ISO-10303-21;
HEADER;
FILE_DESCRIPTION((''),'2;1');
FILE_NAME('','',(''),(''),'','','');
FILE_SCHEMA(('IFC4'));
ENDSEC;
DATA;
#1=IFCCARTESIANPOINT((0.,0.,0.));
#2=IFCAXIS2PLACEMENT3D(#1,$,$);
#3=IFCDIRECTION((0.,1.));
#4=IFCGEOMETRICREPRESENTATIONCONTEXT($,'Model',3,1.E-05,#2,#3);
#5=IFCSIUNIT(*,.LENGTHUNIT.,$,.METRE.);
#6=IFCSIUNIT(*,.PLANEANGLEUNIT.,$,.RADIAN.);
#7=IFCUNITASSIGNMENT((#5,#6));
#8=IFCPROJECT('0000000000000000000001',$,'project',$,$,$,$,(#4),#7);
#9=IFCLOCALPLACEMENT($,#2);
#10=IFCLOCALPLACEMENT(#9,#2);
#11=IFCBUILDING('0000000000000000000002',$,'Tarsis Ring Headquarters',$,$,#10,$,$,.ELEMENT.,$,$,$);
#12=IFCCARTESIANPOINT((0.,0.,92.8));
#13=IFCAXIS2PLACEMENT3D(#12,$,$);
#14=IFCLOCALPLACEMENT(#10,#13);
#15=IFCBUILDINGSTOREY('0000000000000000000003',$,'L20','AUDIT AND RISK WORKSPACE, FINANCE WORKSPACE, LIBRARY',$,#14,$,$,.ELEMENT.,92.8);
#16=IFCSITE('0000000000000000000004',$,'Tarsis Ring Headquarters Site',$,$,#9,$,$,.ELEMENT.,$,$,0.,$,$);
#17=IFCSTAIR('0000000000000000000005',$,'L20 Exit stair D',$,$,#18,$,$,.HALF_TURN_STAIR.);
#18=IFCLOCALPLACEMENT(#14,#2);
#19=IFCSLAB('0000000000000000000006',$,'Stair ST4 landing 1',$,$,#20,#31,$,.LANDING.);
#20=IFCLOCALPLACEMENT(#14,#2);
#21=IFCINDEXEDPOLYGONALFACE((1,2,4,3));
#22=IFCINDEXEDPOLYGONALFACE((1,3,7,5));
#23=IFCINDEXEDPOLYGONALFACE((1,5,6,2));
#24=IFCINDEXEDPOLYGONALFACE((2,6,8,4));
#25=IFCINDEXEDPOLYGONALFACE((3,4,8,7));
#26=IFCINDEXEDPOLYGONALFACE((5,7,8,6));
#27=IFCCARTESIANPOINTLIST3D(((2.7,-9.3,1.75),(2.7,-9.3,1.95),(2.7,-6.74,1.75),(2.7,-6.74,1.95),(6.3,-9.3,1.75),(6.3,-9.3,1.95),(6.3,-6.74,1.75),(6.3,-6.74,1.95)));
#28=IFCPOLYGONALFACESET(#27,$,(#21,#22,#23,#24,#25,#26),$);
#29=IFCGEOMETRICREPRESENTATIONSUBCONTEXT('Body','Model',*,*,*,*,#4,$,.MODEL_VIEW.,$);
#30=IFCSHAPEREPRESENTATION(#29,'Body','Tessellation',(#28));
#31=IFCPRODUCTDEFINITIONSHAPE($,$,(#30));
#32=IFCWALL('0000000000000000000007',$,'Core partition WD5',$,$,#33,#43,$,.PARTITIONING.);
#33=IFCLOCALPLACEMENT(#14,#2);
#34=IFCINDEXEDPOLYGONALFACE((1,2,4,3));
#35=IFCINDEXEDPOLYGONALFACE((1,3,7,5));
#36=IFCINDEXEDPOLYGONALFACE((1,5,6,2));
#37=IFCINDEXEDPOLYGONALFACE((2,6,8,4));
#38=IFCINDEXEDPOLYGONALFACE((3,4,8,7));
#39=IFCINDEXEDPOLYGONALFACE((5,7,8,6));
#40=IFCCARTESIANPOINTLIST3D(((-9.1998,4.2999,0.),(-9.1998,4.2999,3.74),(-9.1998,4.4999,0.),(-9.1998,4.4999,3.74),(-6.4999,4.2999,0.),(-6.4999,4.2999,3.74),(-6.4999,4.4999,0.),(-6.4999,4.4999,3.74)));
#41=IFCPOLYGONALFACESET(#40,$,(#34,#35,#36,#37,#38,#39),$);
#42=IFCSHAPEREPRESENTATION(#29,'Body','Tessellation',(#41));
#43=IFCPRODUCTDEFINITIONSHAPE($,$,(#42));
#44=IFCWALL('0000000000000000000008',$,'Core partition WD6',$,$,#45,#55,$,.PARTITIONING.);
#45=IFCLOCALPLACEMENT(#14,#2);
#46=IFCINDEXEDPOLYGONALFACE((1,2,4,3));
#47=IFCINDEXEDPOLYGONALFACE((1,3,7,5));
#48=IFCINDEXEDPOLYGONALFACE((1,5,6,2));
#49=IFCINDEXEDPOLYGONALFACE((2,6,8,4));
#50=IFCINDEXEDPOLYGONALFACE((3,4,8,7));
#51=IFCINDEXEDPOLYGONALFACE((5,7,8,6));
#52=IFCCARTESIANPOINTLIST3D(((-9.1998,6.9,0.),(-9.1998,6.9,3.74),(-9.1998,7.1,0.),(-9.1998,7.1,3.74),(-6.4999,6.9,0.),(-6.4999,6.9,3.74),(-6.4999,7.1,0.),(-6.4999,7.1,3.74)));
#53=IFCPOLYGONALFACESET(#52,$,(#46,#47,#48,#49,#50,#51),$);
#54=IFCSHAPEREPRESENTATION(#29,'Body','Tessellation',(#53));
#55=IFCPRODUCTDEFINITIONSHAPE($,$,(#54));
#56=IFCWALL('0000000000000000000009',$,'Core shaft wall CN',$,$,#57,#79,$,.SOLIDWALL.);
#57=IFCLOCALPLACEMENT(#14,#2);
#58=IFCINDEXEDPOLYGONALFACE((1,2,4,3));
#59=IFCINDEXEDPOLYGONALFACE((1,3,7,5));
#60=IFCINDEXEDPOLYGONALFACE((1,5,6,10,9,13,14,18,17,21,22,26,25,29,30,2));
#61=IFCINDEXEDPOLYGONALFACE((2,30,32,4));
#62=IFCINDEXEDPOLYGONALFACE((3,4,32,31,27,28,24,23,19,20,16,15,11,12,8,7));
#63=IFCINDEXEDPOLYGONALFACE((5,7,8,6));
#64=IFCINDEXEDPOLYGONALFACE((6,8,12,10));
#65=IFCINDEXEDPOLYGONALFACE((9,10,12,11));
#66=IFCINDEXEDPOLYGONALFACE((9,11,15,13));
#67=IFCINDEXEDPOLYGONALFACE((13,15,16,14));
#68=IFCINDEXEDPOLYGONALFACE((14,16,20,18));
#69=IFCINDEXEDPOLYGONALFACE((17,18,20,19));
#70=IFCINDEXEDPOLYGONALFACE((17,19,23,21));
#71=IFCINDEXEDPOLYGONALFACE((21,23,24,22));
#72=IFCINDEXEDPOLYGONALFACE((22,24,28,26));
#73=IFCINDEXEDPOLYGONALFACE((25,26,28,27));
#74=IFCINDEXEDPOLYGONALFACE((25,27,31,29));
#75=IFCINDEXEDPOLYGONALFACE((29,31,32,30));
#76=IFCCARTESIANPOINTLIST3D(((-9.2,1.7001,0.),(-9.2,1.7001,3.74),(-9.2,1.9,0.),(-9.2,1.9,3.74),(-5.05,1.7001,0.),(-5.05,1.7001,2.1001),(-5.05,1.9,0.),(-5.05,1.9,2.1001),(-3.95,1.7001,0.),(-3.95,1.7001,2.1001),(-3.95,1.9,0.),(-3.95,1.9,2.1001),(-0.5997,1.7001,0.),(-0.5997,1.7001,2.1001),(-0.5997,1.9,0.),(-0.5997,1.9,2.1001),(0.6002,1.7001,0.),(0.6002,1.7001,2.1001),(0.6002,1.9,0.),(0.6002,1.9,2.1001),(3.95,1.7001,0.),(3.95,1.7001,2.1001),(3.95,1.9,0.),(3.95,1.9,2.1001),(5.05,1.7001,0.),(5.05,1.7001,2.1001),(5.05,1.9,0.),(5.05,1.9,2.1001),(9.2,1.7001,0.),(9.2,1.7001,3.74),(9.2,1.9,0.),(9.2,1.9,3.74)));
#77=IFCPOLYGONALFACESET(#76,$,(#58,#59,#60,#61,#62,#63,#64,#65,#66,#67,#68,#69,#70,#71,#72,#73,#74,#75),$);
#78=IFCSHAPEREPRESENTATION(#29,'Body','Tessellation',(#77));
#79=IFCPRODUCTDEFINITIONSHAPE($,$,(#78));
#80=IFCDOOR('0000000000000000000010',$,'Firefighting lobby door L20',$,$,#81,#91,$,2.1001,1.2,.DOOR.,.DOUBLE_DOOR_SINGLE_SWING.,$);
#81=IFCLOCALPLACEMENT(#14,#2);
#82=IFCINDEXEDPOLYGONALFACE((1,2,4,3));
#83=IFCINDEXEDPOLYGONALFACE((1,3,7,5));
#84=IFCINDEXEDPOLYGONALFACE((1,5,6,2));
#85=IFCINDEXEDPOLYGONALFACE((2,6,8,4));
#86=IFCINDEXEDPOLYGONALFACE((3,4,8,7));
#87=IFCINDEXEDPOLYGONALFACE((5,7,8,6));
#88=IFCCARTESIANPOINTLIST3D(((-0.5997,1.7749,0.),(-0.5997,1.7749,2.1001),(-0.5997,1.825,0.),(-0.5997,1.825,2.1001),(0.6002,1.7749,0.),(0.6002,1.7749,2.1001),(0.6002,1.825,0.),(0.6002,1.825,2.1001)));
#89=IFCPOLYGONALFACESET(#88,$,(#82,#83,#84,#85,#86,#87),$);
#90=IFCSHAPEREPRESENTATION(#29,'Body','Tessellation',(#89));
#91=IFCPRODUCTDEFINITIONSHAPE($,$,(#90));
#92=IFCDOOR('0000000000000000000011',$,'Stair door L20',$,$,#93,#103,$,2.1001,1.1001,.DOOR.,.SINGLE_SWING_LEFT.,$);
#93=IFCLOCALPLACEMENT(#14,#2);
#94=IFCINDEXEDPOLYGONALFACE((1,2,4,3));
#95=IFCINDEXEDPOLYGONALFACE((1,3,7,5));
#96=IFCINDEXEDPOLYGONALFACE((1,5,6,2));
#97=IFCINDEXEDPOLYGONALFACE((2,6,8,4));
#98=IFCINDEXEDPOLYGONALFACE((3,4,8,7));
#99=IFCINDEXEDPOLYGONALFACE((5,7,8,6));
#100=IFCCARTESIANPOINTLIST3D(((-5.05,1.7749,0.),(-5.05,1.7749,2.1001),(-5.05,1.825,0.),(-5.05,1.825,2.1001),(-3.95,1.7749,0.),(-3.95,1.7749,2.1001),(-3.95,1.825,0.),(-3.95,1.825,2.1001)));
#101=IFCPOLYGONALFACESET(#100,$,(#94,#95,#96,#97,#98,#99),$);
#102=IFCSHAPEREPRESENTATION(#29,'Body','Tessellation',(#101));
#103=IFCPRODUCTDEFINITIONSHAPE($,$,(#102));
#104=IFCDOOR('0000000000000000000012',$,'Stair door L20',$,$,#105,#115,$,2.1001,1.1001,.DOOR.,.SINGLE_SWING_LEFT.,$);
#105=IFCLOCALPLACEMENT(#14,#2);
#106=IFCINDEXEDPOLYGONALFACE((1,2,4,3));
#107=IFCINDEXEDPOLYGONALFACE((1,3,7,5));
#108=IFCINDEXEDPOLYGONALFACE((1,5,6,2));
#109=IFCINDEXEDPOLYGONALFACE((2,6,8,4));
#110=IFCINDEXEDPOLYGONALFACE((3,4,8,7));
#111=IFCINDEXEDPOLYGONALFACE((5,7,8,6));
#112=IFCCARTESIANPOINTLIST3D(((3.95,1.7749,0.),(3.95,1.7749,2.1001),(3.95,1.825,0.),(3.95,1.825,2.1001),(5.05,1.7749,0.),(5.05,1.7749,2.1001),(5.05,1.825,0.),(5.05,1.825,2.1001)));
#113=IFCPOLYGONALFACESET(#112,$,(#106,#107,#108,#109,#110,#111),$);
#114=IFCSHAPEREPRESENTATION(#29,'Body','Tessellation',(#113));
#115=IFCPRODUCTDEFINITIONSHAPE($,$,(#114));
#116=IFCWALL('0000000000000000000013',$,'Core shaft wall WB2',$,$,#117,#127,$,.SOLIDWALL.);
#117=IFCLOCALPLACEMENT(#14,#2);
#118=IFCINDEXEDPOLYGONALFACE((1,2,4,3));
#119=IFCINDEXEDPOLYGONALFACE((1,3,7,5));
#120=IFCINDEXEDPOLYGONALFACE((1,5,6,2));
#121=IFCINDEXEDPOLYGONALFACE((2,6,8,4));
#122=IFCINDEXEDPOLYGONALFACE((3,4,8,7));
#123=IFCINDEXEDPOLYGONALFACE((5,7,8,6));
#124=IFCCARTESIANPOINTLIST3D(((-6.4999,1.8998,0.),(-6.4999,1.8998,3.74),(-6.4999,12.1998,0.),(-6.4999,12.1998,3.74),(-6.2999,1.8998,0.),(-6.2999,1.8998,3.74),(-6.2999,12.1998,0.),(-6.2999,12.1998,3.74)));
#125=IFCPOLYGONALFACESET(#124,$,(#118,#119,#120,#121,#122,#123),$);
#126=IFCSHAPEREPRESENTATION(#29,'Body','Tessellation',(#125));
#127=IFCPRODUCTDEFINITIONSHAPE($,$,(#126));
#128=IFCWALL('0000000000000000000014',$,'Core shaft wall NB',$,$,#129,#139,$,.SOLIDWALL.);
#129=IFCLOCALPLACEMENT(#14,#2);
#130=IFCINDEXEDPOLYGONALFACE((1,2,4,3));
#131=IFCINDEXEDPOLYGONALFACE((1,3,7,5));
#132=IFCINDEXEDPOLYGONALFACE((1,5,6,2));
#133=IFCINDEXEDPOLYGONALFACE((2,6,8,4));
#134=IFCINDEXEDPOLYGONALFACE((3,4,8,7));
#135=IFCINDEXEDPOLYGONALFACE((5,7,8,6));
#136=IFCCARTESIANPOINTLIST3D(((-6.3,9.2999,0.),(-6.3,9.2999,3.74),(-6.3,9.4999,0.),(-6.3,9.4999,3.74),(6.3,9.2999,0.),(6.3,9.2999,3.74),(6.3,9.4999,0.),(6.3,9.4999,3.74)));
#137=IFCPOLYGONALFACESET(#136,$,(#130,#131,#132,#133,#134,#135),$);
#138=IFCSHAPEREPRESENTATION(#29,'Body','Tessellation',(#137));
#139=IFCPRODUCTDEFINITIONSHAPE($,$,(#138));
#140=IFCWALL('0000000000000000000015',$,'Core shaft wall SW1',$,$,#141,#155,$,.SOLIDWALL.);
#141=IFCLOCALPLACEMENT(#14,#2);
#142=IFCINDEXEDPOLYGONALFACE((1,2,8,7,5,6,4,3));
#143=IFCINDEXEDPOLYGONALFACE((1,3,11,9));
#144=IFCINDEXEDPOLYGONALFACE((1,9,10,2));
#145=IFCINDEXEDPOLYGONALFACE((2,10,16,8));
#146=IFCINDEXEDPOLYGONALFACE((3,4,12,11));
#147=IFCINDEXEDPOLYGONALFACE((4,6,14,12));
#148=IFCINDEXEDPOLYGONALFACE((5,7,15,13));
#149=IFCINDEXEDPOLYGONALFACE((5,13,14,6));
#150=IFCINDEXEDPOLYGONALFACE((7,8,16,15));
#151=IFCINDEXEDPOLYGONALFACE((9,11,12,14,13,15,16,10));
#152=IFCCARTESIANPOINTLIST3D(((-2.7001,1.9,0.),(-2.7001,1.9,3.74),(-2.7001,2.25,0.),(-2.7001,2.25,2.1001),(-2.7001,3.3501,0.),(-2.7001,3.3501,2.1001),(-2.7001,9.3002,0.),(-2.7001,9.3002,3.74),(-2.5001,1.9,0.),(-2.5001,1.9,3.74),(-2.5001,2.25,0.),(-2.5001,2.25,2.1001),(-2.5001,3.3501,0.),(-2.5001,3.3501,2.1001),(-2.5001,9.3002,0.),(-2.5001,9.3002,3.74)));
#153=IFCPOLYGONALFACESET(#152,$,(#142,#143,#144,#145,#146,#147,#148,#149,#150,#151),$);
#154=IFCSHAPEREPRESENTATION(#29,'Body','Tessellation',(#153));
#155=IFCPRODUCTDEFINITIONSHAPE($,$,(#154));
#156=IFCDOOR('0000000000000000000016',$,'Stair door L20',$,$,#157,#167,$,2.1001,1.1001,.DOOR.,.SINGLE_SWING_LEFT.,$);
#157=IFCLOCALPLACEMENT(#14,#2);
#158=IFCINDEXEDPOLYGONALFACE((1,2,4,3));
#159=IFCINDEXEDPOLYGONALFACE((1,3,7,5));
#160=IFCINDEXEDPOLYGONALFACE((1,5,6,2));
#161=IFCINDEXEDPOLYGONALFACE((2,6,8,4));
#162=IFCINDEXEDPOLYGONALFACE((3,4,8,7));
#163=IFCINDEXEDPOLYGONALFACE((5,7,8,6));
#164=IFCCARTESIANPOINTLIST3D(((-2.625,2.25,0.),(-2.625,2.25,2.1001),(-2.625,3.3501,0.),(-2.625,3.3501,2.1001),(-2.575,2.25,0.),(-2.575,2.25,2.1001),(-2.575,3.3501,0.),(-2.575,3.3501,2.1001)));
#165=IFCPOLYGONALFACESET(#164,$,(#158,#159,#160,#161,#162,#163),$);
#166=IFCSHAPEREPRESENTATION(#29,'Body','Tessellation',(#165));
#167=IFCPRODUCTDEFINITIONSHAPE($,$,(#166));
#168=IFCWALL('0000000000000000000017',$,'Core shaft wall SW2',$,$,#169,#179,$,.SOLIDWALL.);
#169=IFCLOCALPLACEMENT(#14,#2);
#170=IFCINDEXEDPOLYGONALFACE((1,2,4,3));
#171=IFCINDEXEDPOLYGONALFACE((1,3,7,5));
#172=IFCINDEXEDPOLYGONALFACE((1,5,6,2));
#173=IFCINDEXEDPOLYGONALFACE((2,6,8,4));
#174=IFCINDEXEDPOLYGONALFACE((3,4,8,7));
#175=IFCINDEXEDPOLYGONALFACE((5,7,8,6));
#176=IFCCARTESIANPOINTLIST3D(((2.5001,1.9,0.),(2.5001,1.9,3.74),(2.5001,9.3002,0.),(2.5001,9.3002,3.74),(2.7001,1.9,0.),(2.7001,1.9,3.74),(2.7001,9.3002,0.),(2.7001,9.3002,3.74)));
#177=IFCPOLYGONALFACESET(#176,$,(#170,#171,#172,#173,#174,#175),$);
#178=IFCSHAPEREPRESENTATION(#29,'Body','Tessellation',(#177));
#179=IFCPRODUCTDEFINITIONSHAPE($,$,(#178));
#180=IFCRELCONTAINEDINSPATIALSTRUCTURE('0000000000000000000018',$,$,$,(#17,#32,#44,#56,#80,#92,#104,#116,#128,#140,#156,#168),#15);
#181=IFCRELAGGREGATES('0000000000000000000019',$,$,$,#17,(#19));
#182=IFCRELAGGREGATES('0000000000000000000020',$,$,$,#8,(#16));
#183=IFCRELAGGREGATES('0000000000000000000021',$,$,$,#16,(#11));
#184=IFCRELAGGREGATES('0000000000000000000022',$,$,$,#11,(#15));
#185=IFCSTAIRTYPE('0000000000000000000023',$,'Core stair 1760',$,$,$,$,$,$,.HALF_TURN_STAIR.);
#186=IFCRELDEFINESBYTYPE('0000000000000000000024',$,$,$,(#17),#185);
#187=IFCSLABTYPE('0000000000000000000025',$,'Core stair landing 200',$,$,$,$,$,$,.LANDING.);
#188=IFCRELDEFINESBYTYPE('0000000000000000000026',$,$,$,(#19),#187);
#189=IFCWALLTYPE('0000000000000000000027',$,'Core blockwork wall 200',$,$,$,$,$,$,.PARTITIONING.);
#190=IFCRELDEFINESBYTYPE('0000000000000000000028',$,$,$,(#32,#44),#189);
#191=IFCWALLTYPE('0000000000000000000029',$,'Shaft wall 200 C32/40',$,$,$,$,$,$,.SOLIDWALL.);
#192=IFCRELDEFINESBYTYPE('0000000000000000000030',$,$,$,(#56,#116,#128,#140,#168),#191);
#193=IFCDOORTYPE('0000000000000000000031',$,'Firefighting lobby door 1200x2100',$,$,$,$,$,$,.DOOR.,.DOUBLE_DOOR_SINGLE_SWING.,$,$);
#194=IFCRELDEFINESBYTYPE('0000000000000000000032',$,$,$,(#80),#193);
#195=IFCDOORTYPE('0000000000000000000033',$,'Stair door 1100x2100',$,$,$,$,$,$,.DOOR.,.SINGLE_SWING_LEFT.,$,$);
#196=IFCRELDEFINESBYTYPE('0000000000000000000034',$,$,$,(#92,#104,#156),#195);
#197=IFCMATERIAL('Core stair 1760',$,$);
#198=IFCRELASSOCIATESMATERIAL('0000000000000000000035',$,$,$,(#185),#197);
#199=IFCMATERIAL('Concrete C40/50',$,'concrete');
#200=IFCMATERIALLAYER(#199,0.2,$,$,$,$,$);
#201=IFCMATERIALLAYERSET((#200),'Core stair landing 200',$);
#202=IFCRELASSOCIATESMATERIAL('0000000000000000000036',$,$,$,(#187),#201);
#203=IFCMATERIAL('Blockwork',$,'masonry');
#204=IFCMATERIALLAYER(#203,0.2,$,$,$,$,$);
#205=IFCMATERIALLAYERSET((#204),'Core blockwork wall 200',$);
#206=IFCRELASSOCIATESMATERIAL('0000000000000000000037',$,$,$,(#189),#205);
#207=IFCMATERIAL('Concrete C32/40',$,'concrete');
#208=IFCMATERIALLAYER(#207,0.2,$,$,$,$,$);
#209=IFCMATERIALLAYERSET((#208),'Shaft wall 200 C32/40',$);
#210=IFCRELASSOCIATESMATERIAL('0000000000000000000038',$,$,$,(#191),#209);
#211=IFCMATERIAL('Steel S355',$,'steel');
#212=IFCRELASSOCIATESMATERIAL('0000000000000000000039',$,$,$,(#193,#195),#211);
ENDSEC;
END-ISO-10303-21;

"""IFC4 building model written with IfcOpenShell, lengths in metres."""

from ifc_helpers import new_model, si_unit, direction, frame, frame_2d, origin, place, context, subcontext, project, spatial, polyline, rectangle, outline, extrude, material, layer, layer_set, type_object, element, fill, aggregate, save


model = new_model("IFC4")

# Units and contexts
model_context = context("Model", 3, precision=1e-05, world=origin(), true_north=direction((0.0, 1.0)))
body_context = subcontext(model_context, "Body", "Model", "MODEL_VIEW")
ifc_project = project(units=[si_unit("LENGTHUNIT", "METRE"), si_unit("PLANEANGLEUNIT", "RADIAN")], contexts=[model_context])

# Site, building, storey
site_placement = place(None, origin())
site = spatial("IfcSite", under=ifc_project, at=site_placement, Name="Tarsis Ring Headquarters Site", CompositionType="ELEMENT", RefElevation=0.0)
building_placement = place(site_placement, origin())
building = spatial("IfcBuilding", under=site, at=building_placement, Name="Tarsis Ring Headquarters", CompositionType="ELEMENT")
storey_placement = place(building_placement, frame((0.0, 0.0, 92.8)))
storey = spatial("IfcBuildingStorey", under=building, at=storey_placement, Name="L20", Description="AUDIT AND RISK WORKSPACE, FINANCE WORKSPACE, LIBRARY", CompositionType="ELEMENT", Elevation=92.8)

# Shared definitions
ifc_material_1 = material(Name="Concrete C40/50", Category="concrete")

# Stair, slab
ifc_material_2 = material(Name="Core stair 1760")
stair_type = type_object("IfcStairType", Name="Core stair 1760", PredefinedType="HALF_TURN_STAIR", material=ifc_material_2)
ifc_layer_1 = layer(ifc_material_1, 0.2)
ifc_layer_set_1 = layer_set([ifc_layer_1], Name="Core stair landing 200")
slab_type_1 = type_object("IfcSlabType", Name="Core stair landing 200", PredefinedType="LANDING", material=ifc_layer_set_1)
stair_1_placement = place(storey_placement, origin())
stair_1 = element("IfcStair", 1, at=stair_1_placement, inside=storey, type_object=stair_type, Name="L20 Exit stair D", PredefinedType="HALF_TURN_STAIR")
slab_1_placement = place(storey_placement, frame((0.0, 0.0, 1.75)))
slab_1 = element("IfcSlab", 2, at=slab_1_placement, type_object=slab_type_1, Name="Stair ST4 landing 1", PredefinedType="LANDING", context=body_context, shape_type="SweptSolid", body=[
    extrude(outline(polyline([(2.7, -6.74), (2.7, -9.3), (6.3, -9.3), (6.3, -6.74), (2.7, -6.74)])), origin(), (0.0, 0.0, 1.0), 0.2),
])
aggregate(stair_1, [slab_1])

# Walls
ifc_material_3 = material(Name="Blockwork", Category="masonry")
ifc_layer_2 = layer(ifc_material_3, 0.2)
ifc_layer_set_2 = layer_set([ifc_layer_2], Name="Core blockwork wall 200")
wall_type_1 = type_object("IfcWallType", Name="Core blockwork wall 200", PredefinedType="PARTITIONING", material=ifc_layer_set_2)
for number, where, z_axis, x_axis, name in (
    (3, (-9.2, 4.3999, 0.0), (0.0, 0.0, 1.0), (1.0, 0.0, 0.0), "Core partition WD5"),
    (4, (-9.2, 7.0, 0.0), (0.0, 0.0, 1.0), (1.0, 0.0, 0.0), "Core partition WD6"),
):
    element("IfcWall", number, at=place(storey_placement, frame(where, z_axis=z_axis, x_axis=x_axis)), inside=storey, type_object=wall_type_1, Name=name, PredefinedType="PARTITIONING", context=body_context, shape_type="SweptSolid", body=[
        extrude(rectangle(XDim=2.7, YDim=0.2, at=frame_2d((1.3501, 0.0))), origin(), (0.0, 0.0, 1.0), 3.74),
    ])

# Wall, openings, doors
ifc_material_4 = material(Name="Concrete C32/40", Category="concrete")
ifc_layer_3 = layer(ifc_material_4, 0.2)
ifc_layer_set_3 = layer_set([ifc_layer_3], Name="Shaft wall 200 C32/40")
wall_type_2 = type_object("IfcWallType", Name="Shaft wall 200 C32/40", PredefinedType="SOLIDWALL", material=ifc_layer_set_3)
wall_1_placement = place(storey_placement, frame((-9.2, 1.8, 0.0), z_axis=(0.0, 0.0, 1.0), x_axis=(1.0, 0.0, 0.0)))
wall_1 = element("IfcWall", 5, at=wall_1_placement, inside=storey, type_object=wall_type_2, Name="Core shaft wall CN", PredefinedType="SOLIDWALL", context=body_context, shape_type="SweptSolid", body=[
    extrude(rectangle(XDim=18.3999, YDim=0.2, at=frame_2d((9.2, 0.0))), origin(), (0.0, 0.0, 1.0), 3.74),
])
opening_1_placement = place(wall_1_placement, frame((4.1499, 0.0, 0.0)))
opening_1 = element("IfcOpeningElement", 6, at=opening_1_placement, cuts=wall_1, PredefinedType="OPENING", context=body_context, shape_type="SweptSolid", body=[
    extrude(rectangle(XDim=1.1001, YDim=2.1001, at=frame_2d((0.55, 1.05))), frame((0.0, 0.1099, 0.0), z_axis=(0.0, -1.0, 0.0), x_axis=(1.0, 0.0, 0.0)), (0.0, 0.0, 1.0), 0.22),
])
opening_2_placement = place(wall_1_placement, frame((8.6001, 0.0, 0.0)))
opening_2 = element("IfcOpeningElement", 7, at=opening_2_placement, cuts=wall_1, PredefinedType="OPENING", context=body_context, shape_type="SweptSolid", body=[
    extrude(rectangle(XDim=1.2, YDim=2.1001, at=frame_2d((0.6001, 1.05))), frame((0.0, 0.1099, 0.0), z_axis=(0.0, -1.0, 0.0), x_axis=(1.0, 0.0, 0.0)), (0.0, 0.0, 1.0), 0.22),
])
opening_3_placement = place(wall_1_placement, frame((13.1499, 0.0, 0.0)))
opening_3 = element("IfcOpeningElement", 8, at=opening_3_placement, cuts=wall_1, PredefinedType="OPENING", context=body_context, shape_type="SweptSolid", body=[
    extrude(rectangle(XDim=1.1001, YDim=2.1001, at=frame_2d((0.55, 1.05))), frame((0.0, 0.1099, 0.0), z_axis=(0.0, -1.0, 0.0), x_axis=(1.0, 0.0, 0.0)), (0.0, 0.0, 1.0), 0.22),
])
ifc_material_5 = material(Name="Steel S355", Category="steel")
door_type_1 = type_object("IfcDoorType", Name="Firefighting lobby door 1200x2100", OperationType="DOUBLE_DOOR_SINGLE_SWING", PredefinedType="DOOR", material=ifc_material_5)
door_1_placement = place(opening_2_placement, origin())
door_1 = element("IfcDoor", 9, at=door_1_placement, inside=storey, type_object=door_type_1, Name="Firefighting lobby door L20", OperationType="DOUBLE_DOOR_SINGLE_SWING", OverallHeight=2.1001, OverallWidth=1.2, PredefinedType="DOOR", context=body_context, shape_type="SweptSolid", body=[
    extrude(rectangle(XDim=1.2, YDim=2.1001, at=frame_2d((0.6001, 1.05))), frame((0.0, 0.0249, 0.0), z_axis=(0.0, -1.0, 0.0), x_axis=(1.0, 0.0, 0.0)), (0.0, 0.0, 1.0), 0.05),
])
fill(opening_2, door_1)
door_type_2 = type_object("IfcDoorType", Name="Stair door 1100x2100", OperationType="SINGLE_SWING_LEFT", PredefinedType="DOOR", material=ifc_material_5)
door_2_placement = place(opening_1_placement, origin())
door_2 = element("IfcDoor", 10, at=door_2_placement, inside=storey, type_object=door_type_2, Name="Stair door L20", OperationType="SINGLE_SWING_LEFT", OverallHeight=2.1001, OverallWidth=1.1001, PredefinedType="DOOR", context=body_context, shape_type="SweptSolid", body=[
    extrude(rectangle(XDim=1.1001, YDim=2.1001, at=frame_2d((0.55, 1.05))), frame((0.0, 0.0249, 0.0), z_axis=(0.0, -1.0, 0.0), x_axis=(1.0, 0.0, 0.0)), (0.0, 0.0, 1.0), 0.05),
])
fill(opening_1, door_2)
door_3_placement = place(opening_3_placement, origin())
door_3 = element("IfcDoor", 11, at=door_3_placement, inside=storey, type_object=door_type_2, Name="Stair door L20", OperationType="SINGLE_SWING_LEFT", OverallHeight=2.1001, OverallWidth=1.1001, PredefinedType="DOOR", context=body_context, shape_type="SweptSolid", body=[
    extrude(rectangle(XDim=1.1001, YDim=2.1001, at=frame_2d((0.55, 1.05))), frame((0.0, 0.0249, 0.0), z_axis=(0.0, -1.0, 0.0), x_axis=(1.0, 0.0, 0.0)), (0.0, 0.0, 1.0), 0.05),
])
fill(opening_3, door_3)

# Walls
wall_2_placement = place(storey_placement, frame((-6.3999, 1.8999, 0.0), z_axis=(0.0, 0.0, 1.0), x_axis=(0.0, 1.0, 0.0)))
element("IfcWall", 12, at=wall_2_placement, inside=storey, type_object=wall_type_2, Name="Core shaft wall WB2", PredefinedType="SOLIDWALL", context=body_context, shape_type="SweptSolid", body=[
    extrude(rectangle(XDim=10.3, YDim=0.2, at=frame_2d((5.1499, 0.0))), origin(), (0.0, 0.0, 1.0), 3.74),
])
wall_3_placement = place(storey_placement, frame((-6.3, 9.3999, 0.0), z_axis=(0.0, 0.0, 1.0), x_axis=(1.0, 0.0, 0.0)))
element("IfcWall", 13, at=wall_3_placement, inside=storey, type_object=wall_type_2, Name="Core shaft wall NB", PredefinedType="SOLIDWALL", context=body_context, shape_type="SweptSolid", body=[
    extrude(rectangle(XDim=12.6001, YDim=0.2, at=frame_2d((6.3, 0.0))), origin(), (0.0, 0.0, 1.0), 3.74),
])

# Wall, opening, door
wall_4_placement = place(storey_placement, frame((-2.6001, 1.8999, 0.0), z_axis=(0.0, 0.0, 1.0), x_axis=(0.0, 1.0, 0.0)))
wall_4 = element("IfcWall", 14, at=wall_4_placement, inside=storey, type_object=wall_type_2, Name="Core shaft wall SW1", PredefinedType="SOLIDWALL", context=body_context, shape_type="SweptSolid", body=[
    extrude(rectangle(XDim=7.4001, YDim=0.2, at=frame_2d((3.7002, 0.0))), origin(), (0.0, 0.0, 1.0), 3.74),
])
opening_4_placement = place(wall_4_placement, frame((0.3501, 0.0, 0.0)))
opening_4 = element("IfcOpeningElement", 15, at=opening_4_placement, cuts=wall_4, PredefinedType="OPENING", context=body_context, shape_type="SweptSolid", body=[
    extrude(rectangle(XDim=1.1001, YDim=2.1001, at=frame_2d((0.55, 1.05))), frame((0.0, 0.1099, 0.0), z_axis=(0.0, -1.0, 0.0), x_axis=(1.0, 0.0, 0.0)), (0.0, 0.0, 1.0), 0.22),
])
door_4_placement = place(opening_4_placement, origin())
door_4 = element("IfcDoor", 16, at=door_4_placement, inside=storey, type_object=door_type_2, Name="Stair door L20", OperationType="SINGLE_SWING_LEFT", OverallHeight=2.1001, OverallWidth=1.1001, PredefinedType="DOOR", context=body_context, shape_type="SweptSolid", body=[
    extrude(rectangle(XDim=1.1001, YDim=2.1001, at=frame_2d((0.55, 1.05))), frame((0.0, 0.0249, 0.0), z_axis=(0.0, -1.0, 0.0), x_axis=(1.0, 0.0, 0.0)), (0.0, 0.0, 1.0), 0.05),
])
fill(opening_4, door_4)

# Wall
wall_5_placement = place(storey_placement, frame((2.6001, 1.8999, 0.0), z_axis=(0.0, 0.0, 1.0), x_axis=(0.0, 1.0, 0.0)))
element("IfcWall", 17, at=wall_5_placement, inside=storey, type_object=wall_type_2, Name="Core shaft wall SW2", PredefinedType="SOLIDWALL", context=body_context, shape_type="SweptSolid", body=[
    extrude(rectangle(XDim=7.4001, YDim=0.2, at=frame_2d((3.7002, 0.0))), origin(), (0.0, 0.0, 1.0), 3.74),
])

save(model, "model.ifc")
